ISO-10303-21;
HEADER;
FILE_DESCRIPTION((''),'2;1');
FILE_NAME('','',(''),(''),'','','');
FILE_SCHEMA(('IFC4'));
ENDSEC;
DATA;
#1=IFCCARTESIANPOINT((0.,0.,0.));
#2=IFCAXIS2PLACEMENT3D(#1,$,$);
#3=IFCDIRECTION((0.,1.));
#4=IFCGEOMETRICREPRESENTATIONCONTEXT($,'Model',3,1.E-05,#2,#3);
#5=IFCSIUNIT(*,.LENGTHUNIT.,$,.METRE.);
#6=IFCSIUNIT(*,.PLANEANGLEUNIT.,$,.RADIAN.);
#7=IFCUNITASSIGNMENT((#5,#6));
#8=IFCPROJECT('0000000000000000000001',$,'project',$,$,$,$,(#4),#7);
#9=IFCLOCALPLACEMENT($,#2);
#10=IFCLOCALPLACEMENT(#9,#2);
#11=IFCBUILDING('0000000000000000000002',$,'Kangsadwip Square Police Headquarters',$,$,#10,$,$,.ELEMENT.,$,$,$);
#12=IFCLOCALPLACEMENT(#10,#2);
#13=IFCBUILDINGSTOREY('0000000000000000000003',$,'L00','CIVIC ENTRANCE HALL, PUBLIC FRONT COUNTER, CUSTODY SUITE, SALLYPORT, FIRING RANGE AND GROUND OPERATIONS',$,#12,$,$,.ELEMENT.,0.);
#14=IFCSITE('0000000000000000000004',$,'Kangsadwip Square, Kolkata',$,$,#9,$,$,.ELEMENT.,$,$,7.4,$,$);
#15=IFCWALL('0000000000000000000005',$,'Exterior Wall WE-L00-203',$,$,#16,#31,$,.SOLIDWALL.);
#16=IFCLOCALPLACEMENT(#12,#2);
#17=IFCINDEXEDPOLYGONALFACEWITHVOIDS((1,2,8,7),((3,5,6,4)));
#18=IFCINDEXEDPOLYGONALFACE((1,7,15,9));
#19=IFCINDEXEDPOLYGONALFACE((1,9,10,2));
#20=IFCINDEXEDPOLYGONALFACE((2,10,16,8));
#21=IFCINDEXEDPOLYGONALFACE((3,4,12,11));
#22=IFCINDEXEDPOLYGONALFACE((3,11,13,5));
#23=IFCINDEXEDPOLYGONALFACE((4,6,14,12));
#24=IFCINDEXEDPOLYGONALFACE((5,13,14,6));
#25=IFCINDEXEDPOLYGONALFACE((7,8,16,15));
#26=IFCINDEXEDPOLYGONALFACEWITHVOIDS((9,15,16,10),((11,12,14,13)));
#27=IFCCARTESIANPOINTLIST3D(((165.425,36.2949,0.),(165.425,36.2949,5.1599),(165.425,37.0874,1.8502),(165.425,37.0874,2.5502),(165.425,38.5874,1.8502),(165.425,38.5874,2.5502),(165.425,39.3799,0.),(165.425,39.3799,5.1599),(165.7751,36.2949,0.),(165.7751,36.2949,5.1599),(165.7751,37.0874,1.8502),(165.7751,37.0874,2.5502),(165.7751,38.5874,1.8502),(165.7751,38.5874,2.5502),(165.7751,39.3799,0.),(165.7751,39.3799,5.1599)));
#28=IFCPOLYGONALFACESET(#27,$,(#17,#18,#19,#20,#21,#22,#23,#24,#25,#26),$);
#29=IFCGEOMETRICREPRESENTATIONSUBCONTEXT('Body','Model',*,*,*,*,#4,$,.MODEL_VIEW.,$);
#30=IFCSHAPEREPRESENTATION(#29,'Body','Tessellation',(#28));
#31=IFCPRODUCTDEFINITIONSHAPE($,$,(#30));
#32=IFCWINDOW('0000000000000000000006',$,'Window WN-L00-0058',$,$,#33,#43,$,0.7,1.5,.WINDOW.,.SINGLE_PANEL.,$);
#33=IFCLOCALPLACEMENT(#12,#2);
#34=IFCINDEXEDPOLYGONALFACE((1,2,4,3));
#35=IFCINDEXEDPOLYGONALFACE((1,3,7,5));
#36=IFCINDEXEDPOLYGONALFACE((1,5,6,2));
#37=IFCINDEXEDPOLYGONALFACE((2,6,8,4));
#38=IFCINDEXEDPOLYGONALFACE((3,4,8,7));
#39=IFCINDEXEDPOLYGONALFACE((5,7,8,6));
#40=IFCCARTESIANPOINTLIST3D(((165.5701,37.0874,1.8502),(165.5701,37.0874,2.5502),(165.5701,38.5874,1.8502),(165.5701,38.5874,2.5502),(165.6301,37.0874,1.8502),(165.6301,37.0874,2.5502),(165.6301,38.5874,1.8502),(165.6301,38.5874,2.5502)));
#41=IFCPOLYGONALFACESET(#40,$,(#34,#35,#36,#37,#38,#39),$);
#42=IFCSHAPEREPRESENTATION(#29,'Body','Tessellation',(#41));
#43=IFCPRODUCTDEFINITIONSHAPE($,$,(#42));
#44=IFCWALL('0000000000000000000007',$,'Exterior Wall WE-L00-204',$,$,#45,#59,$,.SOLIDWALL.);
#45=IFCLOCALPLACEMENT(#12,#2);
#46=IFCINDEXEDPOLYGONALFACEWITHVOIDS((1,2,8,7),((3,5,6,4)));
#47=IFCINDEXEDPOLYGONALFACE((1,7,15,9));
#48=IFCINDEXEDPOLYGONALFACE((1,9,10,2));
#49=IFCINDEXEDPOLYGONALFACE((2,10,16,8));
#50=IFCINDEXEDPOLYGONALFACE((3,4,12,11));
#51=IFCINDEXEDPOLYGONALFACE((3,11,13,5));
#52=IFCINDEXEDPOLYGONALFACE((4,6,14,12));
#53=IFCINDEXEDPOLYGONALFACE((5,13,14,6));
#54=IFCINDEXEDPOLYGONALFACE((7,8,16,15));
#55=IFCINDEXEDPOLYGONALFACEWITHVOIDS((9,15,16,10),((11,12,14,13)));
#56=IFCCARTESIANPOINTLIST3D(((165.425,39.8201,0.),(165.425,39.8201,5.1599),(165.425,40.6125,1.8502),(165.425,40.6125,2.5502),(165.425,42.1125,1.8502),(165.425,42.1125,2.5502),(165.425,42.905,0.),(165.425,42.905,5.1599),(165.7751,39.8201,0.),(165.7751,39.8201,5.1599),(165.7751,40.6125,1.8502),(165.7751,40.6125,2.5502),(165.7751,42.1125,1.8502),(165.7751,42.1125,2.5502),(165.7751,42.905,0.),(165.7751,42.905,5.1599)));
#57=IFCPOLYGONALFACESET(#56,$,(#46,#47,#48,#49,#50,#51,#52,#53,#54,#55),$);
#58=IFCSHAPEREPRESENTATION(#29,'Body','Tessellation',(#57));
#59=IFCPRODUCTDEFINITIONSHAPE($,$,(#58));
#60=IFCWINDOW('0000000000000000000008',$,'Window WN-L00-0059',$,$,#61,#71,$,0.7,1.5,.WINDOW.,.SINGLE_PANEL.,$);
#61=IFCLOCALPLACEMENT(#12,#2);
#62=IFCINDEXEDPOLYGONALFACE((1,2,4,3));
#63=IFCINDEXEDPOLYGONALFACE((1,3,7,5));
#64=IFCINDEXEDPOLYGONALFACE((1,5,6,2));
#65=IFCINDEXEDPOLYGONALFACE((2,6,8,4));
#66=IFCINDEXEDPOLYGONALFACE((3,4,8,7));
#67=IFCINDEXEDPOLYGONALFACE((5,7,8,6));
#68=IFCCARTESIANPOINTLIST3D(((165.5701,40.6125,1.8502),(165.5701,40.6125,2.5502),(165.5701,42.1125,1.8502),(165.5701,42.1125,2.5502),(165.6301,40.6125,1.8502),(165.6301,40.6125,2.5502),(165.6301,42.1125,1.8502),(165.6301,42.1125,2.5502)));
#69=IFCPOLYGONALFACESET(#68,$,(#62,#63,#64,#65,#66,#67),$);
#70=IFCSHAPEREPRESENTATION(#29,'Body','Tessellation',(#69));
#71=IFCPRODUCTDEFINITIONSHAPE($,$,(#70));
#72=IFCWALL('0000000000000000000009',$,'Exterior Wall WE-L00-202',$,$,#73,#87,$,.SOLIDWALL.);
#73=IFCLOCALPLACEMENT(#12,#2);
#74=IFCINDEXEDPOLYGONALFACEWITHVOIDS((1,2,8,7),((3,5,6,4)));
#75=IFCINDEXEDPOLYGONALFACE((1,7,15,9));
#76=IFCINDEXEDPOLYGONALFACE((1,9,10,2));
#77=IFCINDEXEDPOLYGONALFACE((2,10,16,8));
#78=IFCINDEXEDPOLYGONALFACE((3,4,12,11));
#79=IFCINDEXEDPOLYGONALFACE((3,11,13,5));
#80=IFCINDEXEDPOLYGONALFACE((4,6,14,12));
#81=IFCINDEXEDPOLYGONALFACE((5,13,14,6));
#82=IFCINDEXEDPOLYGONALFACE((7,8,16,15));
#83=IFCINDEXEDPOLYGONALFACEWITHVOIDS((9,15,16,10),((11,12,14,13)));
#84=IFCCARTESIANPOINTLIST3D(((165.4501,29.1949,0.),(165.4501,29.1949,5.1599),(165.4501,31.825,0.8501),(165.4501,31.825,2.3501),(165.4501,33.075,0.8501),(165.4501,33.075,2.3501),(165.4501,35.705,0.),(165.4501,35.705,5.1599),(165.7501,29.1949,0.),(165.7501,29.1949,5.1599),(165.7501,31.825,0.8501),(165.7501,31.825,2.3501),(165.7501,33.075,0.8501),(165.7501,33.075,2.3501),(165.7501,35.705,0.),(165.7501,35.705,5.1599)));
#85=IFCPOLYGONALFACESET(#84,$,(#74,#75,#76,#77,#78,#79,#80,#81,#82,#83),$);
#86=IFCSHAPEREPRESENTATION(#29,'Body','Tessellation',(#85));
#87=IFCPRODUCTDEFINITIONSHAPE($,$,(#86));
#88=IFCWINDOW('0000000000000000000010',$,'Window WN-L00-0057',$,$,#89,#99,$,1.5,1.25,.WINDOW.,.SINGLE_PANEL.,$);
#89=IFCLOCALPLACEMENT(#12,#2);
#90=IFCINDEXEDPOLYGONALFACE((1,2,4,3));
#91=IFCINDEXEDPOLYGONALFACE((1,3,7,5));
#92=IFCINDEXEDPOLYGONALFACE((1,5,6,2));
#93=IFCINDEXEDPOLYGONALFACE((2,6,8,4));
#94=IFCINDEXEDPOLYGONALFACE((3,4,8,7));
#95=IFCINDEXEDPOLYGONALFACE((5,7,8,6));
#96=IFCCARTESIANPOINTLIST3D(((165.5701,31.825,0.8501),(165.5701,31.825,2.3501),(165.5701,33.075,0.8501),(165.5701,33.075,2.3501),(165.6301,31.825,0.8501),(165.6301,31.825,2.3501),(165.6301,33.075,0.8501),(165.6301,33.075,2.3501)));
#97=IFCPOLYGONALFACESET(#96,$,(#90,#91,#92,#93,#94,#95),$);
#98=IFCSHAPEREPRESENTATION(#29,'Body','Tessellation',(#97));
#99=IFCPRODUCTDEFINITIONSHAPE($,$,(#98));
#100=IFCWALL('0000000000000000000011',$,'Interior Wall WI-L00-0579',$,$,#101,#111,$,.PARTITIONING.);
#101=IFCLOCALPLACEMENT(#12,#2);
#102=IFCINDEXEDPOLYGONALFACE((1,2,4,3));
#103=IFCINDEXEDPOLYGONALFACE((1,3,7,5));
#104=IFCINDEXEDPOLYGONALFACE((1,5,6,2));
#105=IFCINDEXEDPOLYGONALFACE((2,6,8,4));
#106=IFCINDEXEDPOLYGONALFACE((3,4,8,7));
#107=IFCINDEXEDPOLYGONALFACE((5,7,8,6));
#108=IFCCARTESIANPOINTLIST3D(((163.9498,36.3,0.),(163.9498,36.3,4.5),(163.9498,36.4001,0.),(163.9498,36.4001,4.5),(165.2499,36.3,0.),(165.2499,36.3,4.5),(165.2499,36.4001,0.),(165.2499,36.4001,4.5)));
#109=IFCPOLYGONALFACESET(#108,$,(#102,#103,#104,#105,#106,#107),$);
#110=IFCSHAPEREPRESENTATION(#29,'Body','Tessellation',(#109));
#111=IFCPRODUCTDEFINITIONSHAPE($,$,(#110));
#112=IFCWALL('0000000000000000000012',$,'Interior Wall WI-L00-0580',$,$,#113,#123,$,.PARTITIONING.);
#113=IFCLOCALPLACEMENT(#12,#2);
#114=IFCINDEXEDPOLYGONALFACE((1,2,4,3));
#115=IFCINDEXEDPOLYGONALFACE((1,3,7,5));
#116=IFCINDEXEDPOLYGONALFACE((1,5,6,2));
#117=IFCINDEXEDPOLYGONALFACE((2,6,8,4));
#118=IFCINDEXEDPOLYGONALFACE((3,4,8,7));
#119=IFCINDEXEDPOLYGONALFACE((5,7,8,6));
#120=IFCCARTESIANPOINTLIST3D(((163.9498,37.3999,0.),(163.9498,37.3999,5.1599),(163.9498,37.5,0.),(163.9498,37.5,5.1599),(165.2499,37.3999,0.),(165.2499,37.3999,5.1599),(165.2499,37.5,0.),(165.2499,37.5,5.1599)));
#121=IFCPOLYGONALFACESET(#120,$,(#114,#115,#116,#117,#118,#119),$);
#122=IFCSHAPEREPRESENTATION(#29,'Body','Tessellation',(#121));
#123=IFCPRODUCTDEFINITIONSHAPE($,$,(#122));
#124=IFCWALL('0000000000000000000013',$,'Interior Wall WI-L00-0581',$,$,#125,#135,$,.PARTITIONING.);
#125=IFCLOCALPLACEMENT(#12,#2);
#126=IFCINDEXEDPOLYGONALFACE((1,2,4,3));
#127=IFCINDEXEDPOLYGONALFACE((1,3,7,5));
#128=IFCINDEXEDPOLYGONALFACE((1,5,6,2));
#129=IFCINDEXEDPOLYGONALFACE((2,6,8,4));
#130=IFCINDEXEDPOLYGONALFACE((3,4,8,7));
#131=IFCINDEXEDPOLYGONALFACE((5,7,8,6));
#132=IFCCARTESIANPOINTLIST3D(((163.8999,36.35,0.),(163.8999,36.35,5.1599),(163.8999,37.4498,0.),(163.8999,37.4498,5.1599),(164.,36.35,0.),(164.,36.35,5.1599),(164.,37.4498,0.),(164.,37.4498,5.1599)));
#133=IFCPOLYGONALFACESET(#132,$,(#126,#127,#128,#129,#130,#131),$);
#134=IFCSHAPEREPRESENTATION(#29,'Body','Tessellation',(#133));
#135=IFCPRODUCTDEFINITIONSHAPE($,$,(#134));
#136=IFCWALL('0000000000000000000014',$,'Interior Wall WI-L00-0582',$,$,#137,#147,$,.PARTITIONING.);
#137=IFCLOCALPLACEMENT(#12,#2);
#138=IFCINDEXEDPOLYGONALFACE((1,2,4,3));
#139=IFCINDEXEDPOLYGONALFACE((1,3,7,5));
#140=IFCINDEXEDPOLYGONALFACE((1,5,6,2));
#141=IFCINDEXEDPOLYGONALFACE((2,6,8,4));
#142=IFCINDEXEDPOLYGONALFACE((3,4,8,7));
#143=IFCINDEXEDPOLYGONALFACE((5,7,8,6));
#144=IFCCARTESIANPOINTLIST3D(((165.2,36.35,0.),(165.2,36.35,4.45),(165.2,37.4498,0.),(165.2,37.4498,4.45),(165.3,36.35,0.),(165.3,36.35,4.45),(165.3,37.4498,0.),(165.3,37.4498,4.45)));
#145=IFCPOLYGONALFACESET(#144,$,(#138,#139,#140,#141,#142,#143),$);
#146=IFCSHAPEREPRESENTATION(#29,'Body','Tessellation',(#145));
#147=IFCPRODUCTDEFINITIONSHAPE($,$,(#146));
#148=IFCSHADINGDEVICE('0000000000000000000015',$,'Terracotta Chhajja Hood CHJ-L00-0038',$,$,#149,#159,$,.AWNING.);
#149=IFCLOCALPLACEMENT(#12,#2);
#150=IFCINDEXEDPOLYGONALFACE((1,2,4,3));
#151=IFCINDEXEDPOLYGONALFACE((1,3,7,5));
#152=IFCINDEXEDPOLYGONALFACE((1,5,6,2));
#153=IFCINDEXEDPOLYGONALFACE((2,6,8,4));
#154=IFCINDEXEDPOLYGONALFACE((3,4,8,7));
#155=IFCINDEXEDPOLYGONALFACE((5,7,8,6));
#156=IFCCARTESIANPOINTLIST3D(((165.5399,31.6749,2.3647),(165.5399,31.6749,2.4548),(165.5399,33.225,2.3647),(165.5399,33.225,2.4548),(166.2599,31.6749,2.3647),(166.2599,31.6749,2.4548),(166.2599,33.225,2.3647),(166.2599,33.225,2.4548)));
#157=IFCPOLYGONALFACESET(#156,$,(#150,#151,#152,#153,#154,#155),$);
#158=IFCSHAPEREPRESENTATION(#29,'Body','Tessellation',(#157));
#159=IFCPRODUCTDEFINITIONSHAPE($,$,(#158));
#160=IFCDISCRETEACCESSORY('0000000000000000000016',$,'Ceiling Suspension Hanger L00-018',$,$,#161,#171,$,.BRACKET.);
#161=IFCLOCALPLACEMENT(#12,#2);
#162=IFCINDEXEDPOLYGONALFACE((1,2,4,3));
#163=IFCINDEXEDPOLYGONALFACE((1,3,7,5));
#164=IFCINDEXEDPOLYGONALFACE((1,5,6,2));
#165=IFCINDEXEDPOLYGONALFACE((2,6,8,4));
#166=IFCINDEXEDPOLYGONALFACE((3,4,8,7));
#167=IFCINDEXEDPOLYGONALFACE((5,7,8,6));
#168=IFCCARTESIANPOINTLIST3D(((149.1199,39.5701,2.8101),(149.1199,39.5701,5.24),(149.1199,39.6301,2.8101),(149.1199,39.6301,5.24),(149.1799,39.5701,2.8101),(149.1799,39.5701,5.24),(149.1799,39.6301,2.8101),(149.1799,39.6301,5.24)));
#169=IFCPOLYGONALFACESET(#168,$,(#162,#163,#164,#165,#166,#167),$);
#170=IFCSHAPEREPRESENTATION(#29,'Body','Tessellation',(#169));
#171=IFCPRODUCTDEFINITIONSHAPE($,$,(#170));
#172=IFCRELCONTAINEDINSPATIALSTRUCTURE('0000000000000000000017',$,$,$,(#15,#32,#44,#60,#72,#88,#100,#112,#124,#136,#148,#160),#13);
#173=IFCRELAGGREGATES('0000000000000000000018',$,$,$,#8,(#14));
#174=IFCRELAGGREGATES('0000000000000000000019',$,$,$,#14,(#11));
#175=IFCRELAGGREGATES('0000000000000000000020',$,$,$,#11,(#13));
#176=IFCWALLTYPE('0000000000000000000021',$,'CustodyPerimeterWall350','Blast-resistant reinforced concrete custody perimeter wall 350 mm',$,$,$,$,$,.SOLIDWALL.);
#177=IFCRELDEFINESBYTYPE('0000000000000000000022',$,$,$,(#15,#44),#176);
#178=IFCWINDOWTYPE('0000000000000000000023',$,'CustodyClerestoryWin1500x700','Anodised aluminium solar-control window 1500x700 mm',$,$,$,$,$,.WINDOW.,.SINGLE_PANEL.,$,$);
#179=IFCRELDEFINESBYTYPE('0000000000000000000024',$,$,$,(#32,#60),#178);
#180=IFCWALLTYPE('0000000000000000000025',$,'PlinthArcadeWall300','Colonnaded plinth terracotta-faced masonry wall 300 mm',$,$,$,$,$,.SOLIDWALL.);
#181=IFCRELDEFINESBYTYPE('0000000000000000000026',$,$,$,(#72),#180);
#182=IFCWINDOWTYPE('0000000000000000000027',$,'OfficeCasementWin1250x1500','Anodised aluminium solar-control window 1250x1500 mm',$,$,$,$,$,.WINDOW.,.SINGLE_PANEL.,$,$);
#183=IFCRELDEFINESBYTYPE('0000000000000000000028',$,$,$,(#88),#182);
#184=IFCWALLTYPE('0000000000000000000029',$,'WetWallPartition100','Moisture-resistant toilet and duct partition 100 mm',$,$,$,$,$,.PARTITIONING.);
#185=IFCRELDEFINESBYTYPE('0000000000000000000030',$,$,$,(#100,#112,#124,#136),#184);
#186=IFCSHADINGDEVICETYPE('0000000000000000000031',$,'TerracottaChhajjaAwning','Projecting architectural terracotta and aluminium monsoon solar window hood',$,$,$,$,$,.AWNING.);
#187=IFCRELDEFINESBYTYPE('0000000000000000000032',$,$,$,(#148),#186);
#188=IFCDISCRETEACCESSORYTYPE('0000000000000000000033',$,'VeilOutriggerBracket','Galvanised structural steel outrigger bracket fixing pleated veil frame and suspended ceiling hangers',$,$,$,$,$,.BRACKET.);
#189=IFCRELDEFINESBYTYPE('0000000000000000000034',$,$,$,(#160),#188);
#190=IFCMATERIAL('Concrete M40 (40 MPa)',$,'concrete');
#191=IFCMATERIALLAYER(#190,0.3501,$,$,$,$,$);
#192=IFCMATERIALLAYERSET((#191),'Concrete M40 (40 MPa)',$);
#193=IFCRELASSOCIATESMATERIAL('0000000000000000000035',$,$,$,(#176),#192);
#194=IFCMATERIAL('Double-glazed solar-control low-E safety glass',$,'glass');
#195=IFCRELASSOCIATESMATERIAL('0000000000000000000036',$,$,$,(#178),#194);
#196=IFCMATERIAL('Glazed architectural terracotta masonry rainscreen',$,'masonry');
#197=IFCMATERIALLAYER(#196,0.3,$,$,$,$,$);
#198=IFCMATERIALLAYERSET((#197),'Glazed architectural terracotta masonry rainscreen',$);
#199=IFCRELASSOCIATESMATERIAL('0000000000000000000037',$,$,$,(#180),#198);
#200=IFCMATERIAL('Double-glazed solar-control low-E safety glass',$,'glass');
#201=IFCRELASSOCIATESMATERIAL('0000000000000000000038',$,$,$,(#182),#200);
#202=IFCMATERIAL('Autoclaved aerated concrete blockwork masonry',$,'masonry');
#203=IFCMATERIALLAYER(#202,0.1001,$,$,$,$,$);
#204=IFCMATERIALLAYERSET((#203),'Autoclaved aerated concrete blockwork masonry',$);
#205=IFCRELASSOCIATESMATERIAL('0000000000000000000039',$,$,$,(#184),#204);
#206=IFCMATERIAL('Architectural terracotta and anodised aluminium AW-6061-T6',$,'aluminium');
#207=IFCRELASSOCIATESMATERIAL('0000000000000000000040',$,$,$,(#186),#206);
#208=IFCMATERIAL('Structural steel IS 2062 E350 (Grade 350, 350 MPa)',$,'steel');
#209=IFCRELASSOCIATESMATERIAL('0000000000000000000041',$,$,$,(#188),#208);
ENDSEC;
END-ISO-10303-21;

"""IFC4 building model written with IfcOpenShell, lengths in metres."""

from ifc_helpers import new_model, si_unit, direction, frame, frame_2d, origin, origin_2d, place, context, subcontext, project, spatial, rectangle, extrude, material, layer, layer_set, type_object, element, fill, save


model = new_model("IFC4")

# Units and contexts
model_context = context("Model", 3, precision=1e-05, world=origin(), true_north=direction((0.0, 1.0)))
body_context = subcontext(model_context, "Body", "Model", "MODEL_VIEW")
ifc_project = project(units=[si_unit("LENGTHUNIT", "METRE"), si_unit("PLANEANGLEUNIT", "RADIAN")], contexts=[model_context])

# Site, building, storey
site_placement = place(None, origin())
site = spatial("IfcSite", under=ifc_project, at=site_placement, Name="Kangsadwip Square, Kolkata", CompositionType="ELEMENT", RefElevation=7.4)
building_placement = place(site_placement, origin())
building = spatial("IfcBuilding", under=site, at=building_placement, Name="Kangsadwip Square Police Headquarters", CompositionType="ELEMENT")
storey_placement = place(building_placement, origin())
storey = spatial("IfcBuildingStorey", under=building, at=storey_placement, Name="L00", Description="CIVIC ENTRANCE HALL, PUBLIC FRONT COUNTER, CUSTODY SUITE, SALLYPORT, FIRING RANGE AND GROUND OPERATIONS", CompositionType="ELEMENT", Elevation=0.0)

# Walls, openings, windows
ifc_material_1 = material(Name="Concrete M40 (40 MPa)", Category="concrete")
ifc_layer_1 = layer(ifc_material_1, 0.3501)
ifc_layer_set_1 = layer_set([ifc_layer_1], Name="Concrete M40 (40 MPa)")
wall_type_1 = type_object("IfcWallType", Name="CustodyPerimeterWall350", Description="Blast-resistant reinforced concrete custody perimeter wall 350 mm", PredefinedType="SOLIDWALL", material=ifc_layer_set_1)
wall_1_placement = place(storey_placement, frame((165.6001, 36.2949, 0.0), z_axis=(0.0, 0.0, 1.0), x_axis=(0.0, 1.0, 0.0)))
wall_1 = element("IfcWall", 1, at=wall_1_placement, inside=storey, type_object=wall_type_1, Name="Exterior Wall WE-L00-203", PredefinedType="SOLIDWALL", context=body_context, shape_type="SweptSolid", body=[
    extrude(rectangle(XDim=3.085, YDim=0.3501, at=frame_2d((1.5425, 0.0))), origin(), (0.0, 0.0, 1.0), 5.1599),
])
opening_1_placement = place(wall_1_placement, frame((0.7925, 0.0, 1.8501)))
opening_1 = element("IfcOpeningElement", 2, at=opening_1_placement, cuts=wall_1, PredefinedType="OPENING", context=body_context, shape_type="SweptSolid", body=[
    extrude(rectangle(XDim=1.5, YDim=0.7, at=frame_2d((0.75, 0.3501))), frame((0.0, 0.1851, 0.0), z_axis=(0.0, -1.0, 0.0), x_axis=(1.0, 0.0, 0.0)), (0.0, 0.0, 1.0), 0.3701),
])
ifc_material_2 = material(Name="Double-glazed solar-control low-E safety glass", Category="glass")
window_type_1 = type_object("IfcWindowType", Name="CustodyClerestoryWin1500x700", Description="Anodised aluminium solar-control window 1500x700 mm", PartitioningType="SINGLE_PANEL", PredefinedType="WINDOW", material=ifc_material_2)
window_1_placement = place(opening_1_placement, origin())
window_1 = element("IfcWindow", 3, at=window_1_placement, inside=storey, type_object=window_type_1, Name="Window WN-L00-0058", OverallHeight=0.7, OverallWidth=1.5, PartitioningType="SINGLE_PANEL", PredefinedType="WINDOW", context=body_context, shape_type="SweptSolid", body=[
    extrude(rectangle(XDim=1.5, YDim=0.7, at=frame_2d((0.75, 0.3501))), frame((0.0, 0.03, 0.0), z_axis=(0.0, -1.0, 0.0), x_axis=(1.0, 0.0, 0.0)), (0.0, 0.0, 1.0), 0.0601),
])
fill(opening_1, window_1)
wall_2_placement = place(storey_placement, frame((165.6001, 39.8201, 0.0), z_axis=(0.0, 0.0, 1.0), x_axis=(0.0, 1.0, 0.0)))
wall_2 = element("IfcWall", 4, at=wall_2_placement, inside=storey, type_object=wall_type_1, Name="Exterior Wall WE-L00-204", PredefinedType="SOLIDWALL", context=body_context, shape_type="SweptSolid", body=[
    extrude(rectangle(XDim=3.085, YDim=0.3501, at=frame_2d((1.5425, 0.0))), origin(), (0.0, 0.0, 1.0), 5.1599),
])
opening_2_placement = place(wall_2_placement, frame((0.7925, 0.0, 1.8501)))
opening_2 = element("IfcOpeningElement", 5, at=opening_2_placement, cuts=wall_2, PredefinedType="OPENING", context=body_context, shape_type="SweptSolid", body=[
    extrude(rectangle(XDim=1.5, YDim=0.7, at=frame_2d((0.75, 0.3501))), frame((0.0, 0.1851, 0.0), z_axis=(0.0, -1.0, 0.0), x_axis=(1.0, 0.0, 0.0)), (0.0, 0.0, 1.0), 0.3701),
])
window_2_placement = place(opening_2_placement, origin())
window_2 = element("IfcWindow", 6, at=window_2_placement, inside=storey, type_object=window_type_1, Name="Window WN-L00-0059", OverallHeight=0.7, OverallWidth=1.5, PartitioningType="SINGLE_PANEL", PredefinedType="WINDOW", context=body_context, shape_type="SweptSolid", body=[
    extrude(rectangle(XDim=1.5, YDim=0.7, at=frame_2d((0.75, 0.3501))), frame((0.0, 0.03, 0.0), z_axis=(0.0, -1.0, 0.0), x_axis=(1.0, 0.0, 0.0)), (0.0, 0.0, 1.0), 0.0601),
])
fill(opening_2, window_2)
ifc_material_3 = material(Name="Glazed architectural terracotta masonry rainscreen", Category="masonry")
ifc_layer_2 = layer(ifc_material_3, 0.3)
ifc_layer_set_2 = layer_set([ifc_layer_2], Name="Glazed architectural terracotta masonry rainscreen")
wall_type_2 = type_object("IfcWallType", Name="PlinthArcadeWall300", Description="Colonnaded plinth terracotta-faced masonry wall 300 mm", PredefinedType="SOLIDWALL", material=ifc_layer_set_2)
wall_3_placement = place(storey_placement, frame((165.6001, 29.1951, 0.0), z_axis=(0.0, 0.0, 1.0), x_axis=(0.0, 1.0, 0.0)))
wall_3 = element("IfcWall", 7, at=wall_3_placement, inside=storey, type_object=wall_type_2, Name="Exterior Wall WE-L00-202", PredefinedType="SOLIDWALL", context=body_context, shape_type="SweptSolid", body=[
    extrude(rectangle(XDim=6.51, YDim=0.3, at=frame_2d((3.2549, 0.0))), origin(), (0.0, 0.0, 1.0), 5.1599),
])
opening_3_placement = place(wall_3_placement, frame((2.6299, 0.0, 0.8501)))
opening_3 = element("IfcOpeningElement", 8, at=opening_3_placement, cuts=wall_3, PredefinedType="OPENING", context=body_context, shape_type="SweptSolid", body=[
    extrude(rectangle(XDim=1.25, YDim=1.5, at=frame_2d((0.625, 0.75))), frame((0.0, 0.1599, 0.0), z_axis=(0.0, -1.0, 0.0), x_axis=(1.0, 0.0, 0.0)), (0.0, 0.0, 1.0), 0.3201),
])
ifc_material_4 = material(Name="Double-glazed solar-control low-E safety glass", Category="glass")
window_type_2 = type_object("IfcWindowType", Name="OfficeCasementWin1250x1500", Description="Anodised aluminium solar-control window 1250x1500 mm", PartitioningType="SINGLE_PANEL", PredefinedType="WINDOW", material=ifc_material_4)
window_3_placement = place(opening_3_placement, origin())
window_3 = element("IfcWindow", 9, at=window_3_placement, inside=storey, type_object=window_type_2, Name="Window WN-L00-0057", OverallHeight=1.5, OverallWidth=1.25, PartitioningType="SINGLE_PANEL", PredefinedType="WINDOW", context=body_context, shape_type="SweptSolid", body=[
    extrude(rectangle(XDim=1.25, YDim=1.5, at=frame_2d((0.625, 0.75))), frame((0.0, 0.03, 0.0), z_axis=(0.0, -1.0, 0.0), x_axis=(1.0, 0.0, 0.0)), (0.0, 0.0, 1.0), 0.0601),
])
fill(opening_3, window_3)

# Walls
ifc_material_5 = material(Name="Autoclaved aerated concrete blockwork masonry", Category="masonry")
ifc_layer_3 = layer(ifc_material_5, 0.1001)
ifc_layer_set_3 = layer_set([ifc_layer_3], Name="Autoclaved aerated concrete blockwork masonry")
wall_type_3 = type_object("IfcWallType", Name="WetWallPartition100", Description="Moisture-resistant toilet and duct partition 100 mm", PredefinedType="PARTITIONING", material=ifc_layer_set_3)
wall_4_placement = place(storey_placement, frame((163.95, 36.3501, 0.0), z_axis=(0.0, 0.0, 1.0), x_axis=(1.0, 0.0, 0.0)))
element("IfcWall", 10, at=wall_4_placement, inside=storey, type_object=wall_type_3, Name="Interior Wall WI-L00-0579", PredefinedType="PARTITIONING", context=body_context, shape_type="SweptSolid", body=[
    extrude(rectangle(XDim=1.3, YDim=0.1001, at=frame_2d((0.6499, 0.0))), origin(), (0.0, 0.0, 1.0), 4.5),
])
wall_5_placement = place(storey_placement, frame((163.95, 37.45, 0.0), z_axis=(0.0, 0.0, 1.0), x_axis=(1.0, 0.0, 0.0)))
element("IfcWall", 11, at=wall_5_placement, inside=storey, type_object=wall_type_3, Name="Interior Wall WI-L00-0580", PredefinedType="PARTITIONING", context=body_context, shape_type="SweptSolid", body=[
    extrude(rectangle(XDim=1.3, YDim=0.1001, at=frame_2d((0.6499, 0.0))), origin(), (0.0, 0.0, 1.0), 5.1599),
])
wall_6_placement = place(storey_placement, frame((163.95, 36.3501, 0.0), z_axis=(0.0, 0.0, 1.0), x_axis=(0.0, 1.0, 0.0)))
element("IfcWall", 12, at=wall_6_placement, inside=storey, type_object=wall_type_3, Name="Interior Wall WI-L00-0581", PredefinedType="PARTITIONING", context=body_context, shape_type="SweptSolid", body=[
    extrude(rectangle(XDim=1.0999, YDim=0.1001, at=frame_2d((0.5498, 0.0))), origin(), (0.0, 0.0, 1.0), 5.1599),
])
wall_7_placement = place(storey_placement, frame((165.25, 36.3501, 0.0), z_axis=(0.0, 0.0, 1.0), x_axis=(0.0, 1.0, 0.0)))
element("IfcWall", 13, at=wall_7_placement, inside=storey, type_object=wall_type_3, Name="Interior Wall WI-L00-0582", PredefinedType="PARTITIONING", context=body_context, shape_type="SweptSolid", body=[
    extrude(rectangle(XDim=1.0999, YDim=0.1001, at=frame_2d((0.5498, 0.0))), origin(), (0.0, 0.0, 1.0), 4.45),
])

# Shading device
ifc_material_6 = material(Name="Architectural terracotta and anodised aluminium AW-6061-T6", Category="aluminium")
shading_device_type = type_object("IfcShadingDeviceType", Name="TerracottaChhajjaAwning", Description="Projecting architectural terracotta and aluminium monsoon solar window hood", PredefinedType="AWNING", material=ifc_material_6)
shading_device_placement = place(storey_placement, frame((165.8999, 32.45, 2.3647), z_axis=(0.0, 0.0, 1.0), x_axis=(0.0, 1.0, 0.0)))
element("IfcShadingDevice", 14, at=shading_device_placement, inside=storey, type_object=shading_device_type, Name="Terracotta Chhajja Hood CHJ-L00-0038", PredefinedType="AWNING", context=body_context, shape_type="SweptSolid", body=[
    extrude(rectangle(XDim=1.55, YDim=0.72, at=origin_2d()), origin(), (0.0, 0.0, 1.0), 0.0901),
])

# Discrete accessory
ifc_material_7 = material(Name="Structural steel IS 2062 E350 (Grade 350, 350 MPa)", Category="steel")
discrete_accessory_type = type_object("IfcDiscreteAccessoryType", Name="VeilOutriggerBracket", Description="Galvanised structural steel outrigger bracket fixing pleated veil frame and suspended ceiling hangers", PredefinedType="BRACKET", material=ifc_material_7)
for number, where, z_axis, x_axis, name in (
    (15, (149.1499, 39.6001, 2.8101), (0.0, 0.0, 1.0), (1.0, 0.0, 0.0), "Ceiling Suspension Hanger L00-018"),
):
    element("IfcDiscreteAccessory", number, at=place(storey_placement, frame(where, z_axis=z_axis, x_axis=x_axis)), inside=storey, type_object=discrete_accessory_type, Name=name, PredefinedType="BRACKET", context=body_context, shape_type="SweptSolid", body=[
        extrude(rectangle(XDim=0.0601, YDim=0.0601, at=origin_2d()), origin(), (0.0, 0.0, 1.0), 2.4299),
    ])

save(model, "model.ifc")
